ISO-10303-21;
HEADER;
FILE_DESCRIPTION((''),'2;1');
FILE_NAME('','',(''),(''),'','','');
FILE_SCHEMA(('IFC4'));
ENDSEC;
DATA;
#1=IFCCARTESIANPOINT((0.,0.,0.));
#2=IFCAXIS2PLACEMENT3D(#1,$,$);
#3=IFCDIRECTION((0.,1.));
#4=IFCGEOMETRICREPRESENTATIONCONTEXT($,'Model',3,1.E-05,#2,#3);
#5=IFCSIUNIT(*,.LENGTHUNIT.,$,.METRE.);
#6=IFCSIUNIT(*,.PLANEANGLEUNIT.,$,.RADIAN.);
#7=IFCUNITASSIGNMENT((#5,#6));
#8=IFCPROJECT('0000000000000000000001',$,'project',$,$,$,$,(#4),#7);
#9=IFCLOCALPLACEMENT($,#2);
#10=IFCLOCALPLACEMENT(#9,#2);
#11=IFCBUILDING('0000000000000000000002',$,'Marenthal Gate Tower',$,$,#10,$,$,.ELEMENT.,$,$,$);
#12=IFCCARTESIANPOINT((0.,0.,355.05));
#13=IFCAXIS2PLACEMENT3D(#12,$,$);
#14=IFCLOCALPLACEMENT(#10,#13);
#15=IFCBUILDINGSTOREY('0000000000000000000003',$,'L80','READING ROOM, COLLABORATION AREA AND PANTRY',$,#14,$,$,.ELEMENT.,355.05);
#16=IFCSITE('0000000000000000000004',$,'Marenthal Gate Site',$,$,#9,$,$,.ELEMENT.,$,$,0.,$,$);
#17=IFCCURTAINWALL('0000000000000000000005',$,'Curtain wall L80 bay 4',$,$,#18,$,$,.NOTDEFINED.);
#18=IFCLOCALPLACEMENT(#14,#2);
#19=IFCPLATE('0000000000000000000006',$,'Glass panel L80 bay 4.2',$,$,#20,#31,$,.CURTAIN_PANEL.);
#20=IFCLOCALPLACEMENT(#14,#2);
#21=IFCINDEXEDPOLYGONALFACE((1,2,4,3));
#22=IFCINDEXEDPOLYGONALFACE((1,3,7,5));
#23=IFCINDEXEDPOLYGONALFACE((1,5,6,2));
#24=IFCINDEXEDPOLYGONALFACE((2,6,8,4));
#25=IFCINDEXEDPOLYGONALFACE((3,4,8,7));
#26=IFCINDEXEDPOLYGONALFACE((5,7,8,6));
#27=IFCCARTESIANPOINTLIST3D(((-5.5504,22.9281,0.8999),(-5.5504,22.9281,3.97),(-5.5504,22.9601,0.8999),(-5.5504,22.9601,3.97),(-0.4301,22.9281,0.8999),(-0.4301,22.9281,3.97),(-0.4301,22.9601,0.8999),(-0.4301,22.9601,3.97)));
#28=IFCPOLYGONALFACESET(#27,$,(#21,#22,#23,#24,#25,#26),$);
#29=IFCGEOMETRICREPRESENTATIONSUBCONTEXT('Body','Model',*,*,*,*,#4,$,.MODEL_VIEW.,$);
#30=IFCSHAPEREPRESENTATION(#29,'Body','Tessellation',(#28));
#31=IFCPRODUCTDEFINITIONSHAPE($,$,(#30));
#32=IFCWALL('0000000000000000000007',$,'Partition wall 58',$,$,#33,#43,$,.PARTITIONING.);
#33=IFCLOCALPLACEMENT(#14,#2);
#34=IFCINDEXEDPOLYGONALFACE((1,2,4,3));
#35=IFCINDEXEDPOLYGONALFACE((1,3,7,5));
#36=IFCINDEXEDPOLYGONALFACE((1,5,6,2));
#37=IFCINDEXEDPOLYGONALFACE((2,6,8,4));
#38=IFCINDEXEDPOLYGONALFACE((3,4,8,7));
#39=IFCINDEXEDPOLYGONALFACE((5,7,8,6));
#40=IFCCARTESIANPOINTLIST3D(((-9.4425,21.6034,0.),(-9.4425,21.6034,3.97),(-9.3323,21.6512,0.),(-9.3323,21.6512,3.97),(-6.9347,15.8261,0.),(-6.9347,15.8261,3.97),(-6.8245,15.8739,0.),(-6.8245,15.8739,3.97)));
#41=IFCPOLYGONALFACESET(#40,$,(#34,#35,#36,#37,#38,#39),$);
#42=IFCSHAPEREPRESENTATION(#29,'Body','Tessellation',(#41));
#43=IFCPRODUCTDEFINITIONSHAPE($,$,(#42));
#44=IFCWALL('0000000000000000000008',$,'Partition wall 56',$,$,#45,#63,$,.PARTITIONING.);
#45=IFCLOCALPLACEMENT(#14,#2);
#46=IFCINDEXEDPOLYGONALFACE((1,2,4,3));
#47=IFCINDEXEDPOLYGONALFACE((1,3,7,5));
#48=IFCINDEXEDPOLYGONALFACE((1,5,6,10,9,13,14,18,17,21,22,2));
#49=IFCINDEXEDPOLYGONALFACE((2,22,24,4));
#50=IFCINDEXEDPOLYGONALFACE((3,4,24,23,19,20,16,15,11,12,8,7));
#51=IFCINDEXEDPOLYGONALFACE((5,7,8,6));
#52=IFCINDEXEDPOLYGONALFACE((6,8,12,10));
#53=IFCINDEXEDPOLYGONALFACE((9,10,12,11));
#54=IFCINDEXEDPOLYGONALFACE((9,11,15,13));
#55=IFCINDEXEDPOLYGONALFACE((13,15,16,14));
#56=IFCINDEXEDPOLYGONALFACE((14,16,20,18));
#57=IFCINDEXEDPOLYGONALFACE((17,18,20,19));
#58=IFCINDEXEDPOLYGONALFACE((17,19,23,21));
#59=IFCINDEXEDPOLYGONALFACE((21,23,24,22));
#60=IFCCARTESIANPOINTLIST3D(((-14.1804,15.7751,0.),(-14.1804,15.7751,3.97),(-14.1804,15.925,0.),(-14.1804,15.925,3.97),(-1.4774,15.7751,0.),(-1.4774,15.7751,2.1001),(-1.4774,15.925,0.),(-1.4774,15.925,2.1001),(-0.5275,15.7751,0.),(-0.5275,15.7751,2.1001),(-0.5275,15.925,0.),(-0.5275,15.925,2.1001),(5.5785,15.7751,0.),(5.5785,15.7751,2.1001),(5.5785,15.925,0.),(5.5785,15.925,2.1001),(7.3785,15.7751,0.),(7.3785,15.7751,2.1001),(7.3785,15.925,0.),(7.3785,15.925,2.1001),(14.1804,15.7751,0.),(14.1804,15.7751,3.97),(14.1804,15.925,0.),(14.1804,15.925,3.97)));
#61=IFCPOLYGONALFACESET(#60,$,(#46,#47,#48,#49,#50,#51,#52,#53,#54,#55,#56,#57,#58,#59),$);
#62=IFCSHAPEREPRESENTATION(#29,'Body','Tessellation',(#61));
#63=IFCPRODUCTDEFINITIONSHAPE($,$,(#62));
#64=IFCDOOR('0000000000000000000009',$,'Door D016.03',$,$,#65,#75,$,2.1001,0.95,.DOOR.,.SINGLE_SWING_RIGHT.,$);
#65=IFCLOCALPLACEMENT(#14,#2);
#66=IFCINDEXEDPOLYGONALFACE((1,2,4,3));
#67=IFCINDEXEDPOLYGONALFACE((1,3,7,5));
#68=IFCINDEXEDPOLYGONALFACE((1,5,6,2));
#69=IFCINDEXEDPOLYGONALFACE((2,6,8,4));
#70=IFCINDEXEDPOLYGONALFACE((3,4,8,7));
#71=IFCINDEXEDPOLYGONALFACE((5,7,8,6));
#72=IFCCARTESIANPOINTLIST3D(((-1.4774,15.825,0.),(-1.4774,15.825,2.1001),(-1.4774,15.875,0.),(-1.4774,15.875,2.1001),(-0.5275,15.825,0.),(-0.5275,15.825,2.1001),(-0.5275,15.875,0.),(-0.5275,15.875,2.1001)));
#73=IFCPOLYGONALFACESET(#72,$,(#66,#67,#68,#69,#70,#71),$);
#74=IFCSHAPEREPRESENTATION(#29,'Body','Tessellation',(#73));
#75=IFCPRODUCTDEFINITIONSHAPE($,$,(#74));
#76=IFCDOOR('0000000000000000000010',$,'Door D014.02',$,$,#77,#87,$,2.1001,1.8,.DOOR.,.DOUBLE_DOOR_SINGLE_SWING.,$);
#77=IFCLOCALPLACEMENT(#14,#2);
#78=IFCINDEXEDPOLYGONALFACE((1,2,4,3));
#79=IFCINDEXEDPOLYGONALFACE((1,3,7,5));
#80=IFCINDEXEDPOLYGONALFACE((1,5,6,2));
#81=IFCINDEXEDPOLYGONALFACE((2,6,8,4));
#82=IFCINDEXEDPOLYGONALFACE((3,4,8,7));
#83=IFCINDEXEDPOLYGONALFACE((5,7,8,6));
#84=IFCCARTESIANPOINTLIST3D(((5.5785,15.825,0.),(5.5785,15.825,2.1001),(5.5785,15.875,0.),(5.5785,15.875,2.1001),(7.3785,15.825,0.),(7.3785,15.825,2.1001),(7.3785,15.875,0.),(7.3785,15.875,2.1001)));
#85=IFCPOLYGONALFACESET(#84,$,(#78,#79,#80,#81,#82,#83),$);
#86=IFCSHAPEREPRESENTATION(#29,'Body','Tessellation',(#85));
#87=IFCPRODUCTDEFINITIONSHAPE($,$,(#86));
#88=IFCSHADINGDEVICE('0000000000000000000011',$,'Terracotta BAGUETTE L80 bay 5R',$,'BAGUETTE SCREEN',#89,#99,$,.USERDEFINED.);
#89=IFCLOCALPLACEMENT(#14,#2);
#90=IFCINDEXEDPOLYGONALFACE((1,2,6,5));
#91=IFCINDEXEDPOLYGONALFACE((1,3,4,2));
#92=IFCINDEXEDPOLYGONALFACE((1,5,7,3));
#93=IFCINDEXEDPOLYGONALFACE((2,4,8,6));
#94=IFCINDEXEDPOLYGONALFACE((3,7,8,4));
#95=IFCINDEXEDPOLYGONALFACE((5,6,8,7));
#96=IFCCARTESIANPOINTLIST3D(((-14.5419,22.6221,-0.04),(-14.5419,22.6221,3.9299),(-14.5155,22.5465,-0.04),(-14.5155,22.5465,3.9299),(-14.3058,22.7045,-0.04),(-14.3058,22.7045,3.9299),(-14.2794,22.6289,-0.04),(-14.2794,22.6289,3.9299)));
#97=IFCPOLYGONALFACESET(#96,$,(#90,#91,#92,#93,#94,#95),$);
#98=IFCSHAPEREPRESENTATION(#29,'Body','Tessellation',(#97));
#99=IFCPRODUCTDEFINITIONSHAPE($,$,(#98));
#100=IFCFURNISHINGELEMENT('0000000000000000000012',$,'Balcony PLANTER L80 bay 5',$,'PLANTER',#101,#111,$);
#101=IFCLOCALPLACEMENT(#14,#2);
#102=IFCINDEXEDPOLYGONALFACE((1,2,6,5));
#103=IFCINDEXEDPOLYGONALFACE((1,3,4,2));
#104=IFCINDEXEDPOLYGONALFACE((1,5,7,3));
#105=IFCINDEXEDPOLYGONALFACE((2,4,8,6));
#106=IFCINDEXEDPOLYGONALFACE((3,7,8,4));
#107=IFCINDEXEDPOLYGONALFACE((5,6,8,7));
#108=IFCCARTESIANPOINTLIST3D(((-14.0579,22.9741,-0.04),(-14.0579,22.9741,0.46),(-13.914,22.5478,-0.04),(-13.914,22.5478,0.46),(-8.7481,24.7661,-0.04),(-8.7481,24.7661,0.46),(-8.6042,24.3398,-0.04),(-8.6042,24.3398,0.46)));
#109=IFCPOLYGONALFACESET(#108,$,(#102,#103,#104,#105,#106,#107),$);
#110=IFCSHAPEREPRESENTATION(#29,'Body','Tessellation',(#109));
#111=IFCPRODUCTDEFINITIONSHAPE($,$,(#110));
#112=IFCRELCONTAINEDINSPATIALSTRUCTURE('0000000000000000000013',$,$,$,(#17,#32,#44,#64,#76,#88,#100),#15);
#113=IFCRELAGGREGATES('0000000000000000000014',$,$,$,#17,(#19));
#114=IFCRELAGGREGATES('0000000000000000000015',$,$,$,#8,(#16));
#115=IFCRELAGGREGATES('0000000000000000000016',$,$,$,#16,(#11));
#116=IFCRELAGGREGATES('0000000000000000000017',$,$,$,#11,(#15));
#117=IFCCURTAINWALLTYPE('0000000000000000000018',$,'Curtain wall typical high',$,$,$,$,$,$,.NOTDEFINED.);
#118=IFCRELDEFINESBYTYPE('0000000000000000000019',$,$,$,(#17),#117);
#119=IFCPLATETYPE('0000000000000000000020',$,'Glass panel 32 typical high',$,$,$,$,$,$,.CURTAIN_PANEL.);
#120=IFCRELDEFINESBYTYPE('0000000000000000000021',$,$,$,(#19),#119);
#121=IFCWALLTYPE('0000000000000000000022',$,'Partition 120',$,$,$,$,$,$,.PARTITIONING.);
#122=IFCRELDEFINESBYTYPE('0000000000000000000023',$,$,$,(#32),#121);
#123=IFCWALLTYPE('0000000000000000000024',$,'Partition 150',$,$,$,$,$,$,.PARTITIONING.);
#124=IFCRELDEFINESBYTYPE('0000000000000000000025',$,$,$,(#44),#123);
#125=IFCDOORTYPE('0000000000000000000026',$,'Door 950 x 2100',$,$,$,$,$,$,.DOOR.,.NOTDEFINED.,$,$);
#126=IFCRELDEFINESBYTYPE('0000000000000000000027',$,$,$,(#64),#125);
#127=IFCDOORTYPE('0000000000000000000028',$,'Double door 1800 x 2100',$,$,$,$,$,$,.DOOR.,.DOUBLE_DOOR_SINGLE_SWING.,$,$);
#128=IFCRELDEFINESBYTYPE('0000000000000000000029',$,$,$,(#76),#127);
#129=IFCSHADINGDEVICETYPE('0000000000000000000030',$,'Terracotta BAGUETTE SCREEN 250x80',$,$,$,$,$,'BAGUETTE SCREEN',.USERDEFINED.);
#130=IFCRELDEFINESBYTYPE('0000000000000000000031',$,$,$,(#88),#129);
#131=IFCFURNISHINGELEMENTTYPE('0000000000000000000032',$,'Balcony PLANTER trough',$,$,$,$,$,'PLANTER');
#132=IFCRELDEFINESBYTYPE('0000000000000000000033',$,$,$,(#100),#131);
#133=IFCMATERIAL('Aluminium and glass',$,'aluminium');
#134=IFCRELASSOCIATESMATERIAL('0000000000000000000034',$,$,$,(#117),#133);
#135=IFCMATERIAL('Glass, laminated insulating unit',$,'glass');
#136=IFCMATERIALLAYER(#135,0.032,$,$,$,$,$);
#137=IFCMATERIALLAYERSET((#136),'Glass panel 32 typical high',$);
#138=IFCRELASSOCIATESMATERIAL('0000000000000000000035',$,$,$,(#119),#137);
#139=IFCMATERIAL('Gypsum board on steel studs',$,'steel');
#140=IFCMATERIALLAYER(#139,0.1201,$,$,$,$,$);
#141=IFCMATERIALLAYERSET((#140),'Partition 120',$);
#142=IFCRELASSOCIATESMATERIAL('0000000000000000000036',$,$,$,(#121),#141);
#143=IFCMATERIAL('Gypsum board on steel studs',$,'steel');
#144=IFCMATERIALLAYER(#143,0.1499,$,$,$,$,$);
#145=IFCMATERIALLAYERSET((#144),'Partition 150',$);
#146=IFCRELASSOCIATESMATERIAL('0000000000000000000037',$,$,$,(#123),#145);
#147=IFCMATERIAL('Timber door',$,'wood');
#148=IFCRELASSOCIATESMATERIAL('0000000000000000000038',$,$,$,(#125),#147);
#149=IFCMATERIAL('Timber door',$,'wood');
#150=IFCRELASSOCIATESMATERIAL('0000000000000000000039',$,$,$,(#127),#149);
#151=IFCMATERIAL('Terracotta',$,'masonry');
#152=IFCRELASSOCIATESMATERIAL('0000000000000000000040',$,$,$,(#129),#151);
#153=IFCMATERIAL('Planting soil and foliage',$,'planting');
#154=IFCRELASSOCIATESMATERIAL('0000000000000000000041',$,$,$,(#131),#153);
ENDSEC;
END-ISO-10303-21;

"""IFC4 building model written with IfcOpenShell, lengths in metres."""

from ifc_helpers import new_model, si_unit, direction, frame, frame_2d, origin, origin_2d, place, context, subcontext, project, spatial, rectangle, extrude, material, layer, layer_set, material_profile, profile_set, type_object, element, fill, aggregate, save


model = new_model("IFC4")

# Units and contexts
model_context = context("Model", 3, precision=1e-05, world=origin(), true_north=direction((0.0, 1.0)))
body_context = subcontext(model_context, "Body", "Model", "MODEL_VIEW")
ifc_project = project(units=[si_unit("LENGTHUNIT", "METRE"), si_unit("PLANEANGLEUNIT", "RADIAN")], contexts=[model_context])

# Site, building, storey
site_placement = place(None, origin())
site = spatial("IfcSite", under=ifc_project, at=site_placement, Name="Marenthal Gate Site", CompositionType="ELEMENT", RefElevation=0.0)
building_placement = place(site_placement, origin())
building = spatial("IfcBuilding", under=site, at=building_placement, Name="Marenthal Gate Tower", CompositionType="ELEMENT")
storey_placement = place(building_placement, frame((0.0, 0.0, 355.05)))
storey = spatial("IfcBuildingStorey", under=building, at=storey_placement, Name="L80", Description="READING ROOM, COLLABORATION AREA AND PANTRY", CompositionType="ELEMENT", Elevation=355.05)

# Curtain wall
ifc_material_1 = material(Name="Aluminium and glass", Category="aluminium")
curtain_wall_type = type_object("IfcCurtainWallType", Name="Curtain wall typical high", PredefinedType="NOTDEFINED", material=ifc_material_1)
curtain_wall_placement = place(storey_placement, origin())
curtain_wall = element("IfcCurtainWall", 1, at=curtain_wall_placement, inside=storey, type_object=curtain_wall_type, Name="Curtain wall L80 bay 4", PredefinedType="NOTDEFINED")

# Plate
ifc_material_2 = material(Name="Glass, laminated insulating unit", Category="glass")
ifc_layer_1 = layer(ifc_material_2, 0.032)
ifc_layer_set_1 = layer_set([ifc_layer_1], Name="Glass panel 32 typical high")
plate_type = type_object("IfcPlateType", Name="Glass panel 32 typical high", PredefinedType="CURTAIN_PANEL", material=ifc_layer_set_1)
plate_placement = place(storey_placement, frame((-2.9902, 22.9441, 0.8999), z_axis=(0.0, 0.0, 1.0), x_axis=(-1.0, 0.0, 0.0)))
plate = element("IfcPlate", 2, at=plate_placement, type_object=plate_type, Name="Glass panel L80 bay 4.2", PredefinedType="CURTAIN_PANEL", context=body_context, shape_type="SweptSolid", body=[
    extrude(rectangle(XDim=5.1204, YDim=0.032, at=origin_2d()), origin(), (0.0, 0.0, 1.0), 3.0701),
])
aggregate(curtain_wall, [plate])

# Wall
ifc_material_3 = material(Name="Gypsum board on steel studs", Category="steel")
ifc_layer_2 = layer(ifc_material_3, 0.1201)
ifc_layer_set_2 = layer_set([ifc_layer_2], Name="Partition 120")
wall_type_1 = type_object("IfcWallType", Name="Partition 120", PredefinedType="PARTITIONING", material=ifc_layer_set_2)
wall_1_placement = place(storey_placement, frame((-6.8796, 15.8501, 0.0), z_axis=(0.0, 0.0, 1.0), x_axis=(-0.398182, 0.917307, 0.0)))
element("IfcWall", 3, at=wall_1_placement, inside=storey, type_object=wall_type_1, Name="Partition wall 58", PredefinedType="PARTITIONING", context=body_context, shape_type="SweptSolid", body=[
    extrude(rectangle(XDim=6.2981, YDim=0.1201, at=frame_2d((3.1489, 0.0))), origin(), (0.0, 0.0, 1.0), 3.97),
])

# Wall, openings, doors
ifc_material_4 = material(Name="Gypsum board on steel studs", Category="steel")
ifc_layer_3 = layer(ifc_material_4, 0.1499)
ifc_layer_set_3 = layer_set([ifc_layer_3], Name="Partition 150")
wall_type_2 = type_object("IfcWallType", Name="Partition 150", PredefinedType="PARTITIONING", material=ifc_layer_set_3)
wall_2_placement = place(storey_placement, frame((-14.1804, 15.8501, 0.0), z_axis=(0.0, 0.0, 1.0), x_axis=(1.0, 0.0, 0.0)))
wall_2 = element("IfcWall", 4, at=wall_2_placement, inside=storey, type_object=wall_type_2, Name="Partition wall 56", PredefinedType="PARTITIONING", context=body_context, shape_type="SweptSolid", body=[
    extrude(rectangle(XDim=28.3608, YDim=0.1499, at=frame_2d((14.1804, 0.0))), origin(), (0.0, 0.0, 1.0), 3.97),
])
opening_1_placement = place(wall_2_placement, frame((19.759, 0.0, 0.0)))
opening_1 = element("IfcOpeningElement", 5, at=opening_1_placement, cuts=wall_2, PredefinedType="OPENING", context=body_context, shape_type="SweptSolid", body=[
    extrude(rectangle(XDim=1.8, YDim=2.1001, at=frame_2d((0.8999, 1.05))), frame((0.0, 0.085, 0.0), z_axis=(0.0, -1.0, 0.0), x_axis=(1.0, 0.0, 0.0)), (0.0, 0.0, 1.0), 0.1699),
])
opening_2_placement = place(wall_2_placement, frame((12.7029, 0.0, 0.0)))
opening_2 = element("IfcOpeningElement", 6, at=opening_2_placement, cuts=wall_2, PredefinedType="OPENING", context=body_context, shape_type="SweptSolid", body=[
    extrude(rectangle(XDim=0.95, YDim=2.1001, at=frame_2d((0.4751, 1.05))), frame((0.0, 0.085, 0.0), z_axis=(0.0, -1.0, 0.0), x_axis=(1.0, 0.0, 0.0)), (0.0, 0.0, 1.0), 0.1699),
])
ifc_material_5 = material(Name="Timber door", Category="wood")
door_type_1 = type_object("IfcDoorType", Name="Door 950 x 2100", OperationType="NOTDEFINED", PredefinedType="DOOR", material=ifc_material_5)
door_1_placement = place(opening_2_placement, origin())
door_1 = element("IfcDoor", 7, at=door_1_placement, inside=storey, type_object=door_type_1, Name="Door D016.03", OperationType="SINGLE_SWING_RIGHT", OverallHeight=2.1001, OverallWidth=0.95, PredefinedType="DOOR", context=body_context, shape_type="SweptSolid", body=[
    extrude(rectangle(XDim=0.95, YDim=2.1001, at=frame_2d((0.4751, 1.05))), frame((0.0, 0.0249, 0.0), z_axis=(0.0, -1.0, 0.0), x_axis=(1.0, 0.0, 0.0)), (0.0, 0.0, 1.0), 0.05),
])
fill(opening_2, door_1)
ifc_material_6 = material(Name="Timber door", Category="wood")
door_type_2 = type_object("IfcDoorType", Name="Double door 1800 x 2100", OperationType="DOUBLE_DOOR_SINGLE_SWING", PredefinedType="DOOR", material=ifc_material_6)
door_2_placement = place(opening_1_placement, origin())
door_2 = element("IfcDoor", 8, at=door_2_placement, inside=storey, type_object=door_type_2, Name="Door D014.02", OperationType="DOUBLE_DOOR_SINGLE_SWING", OverallHeight=2.1001, OverallWidth=1.8, PredefinedType="DOOR", context=body_context, shape_type="SweptSolid", body=[
    extrude(rectangle(XDim=1.8, YDim=2.1001, at=frame_2d((0.8999, 1.05))), frame((0.0, 0.0249, 0.0), z_axis=(0.0, -1.0, 0.0), x_axis=(1.0, 0.0, 0.0)), (0.0, 0.0, 1.0), 0.05),
])
fill(opening_1, door_2)

# Shading device
ifc_material_7 = material(Name="Terracotta", Category="masonry")
ifc_material_profile_1 = material_profile(ifc_material_7, rectangle(XDim=0.25, YDim=0.0801, at=origin_2d()), Name="Terracotta baguette 250x80")
ifc_profile_set_1 = profile_set([ifc_material_profile_1], Name="Terracotta")
shading_device_type = type_object("IfcShadingDeviceType", Name="Terracotta BAGUETTE SCREEN 250x80", ElementType="BAGUETTE SCREEN", PredefinedType="USERDEFINED", material=ifc_profile_set_1)
shading_device_placement = place(storey_placement, frame((-14.4106, 22.6255, -0.04), z_axis=(0.0, 0.0, 1.0), x_axis=(-0.944152, -0.32951, 0.0)))
element("IfcShadingDevice", 9, at=shading_device_placement, inside=storey, type_object=shading_device_type, Name="Terracotta BAGUETTE L80 bay 5R", ObjectType="BAGUETTE SCREEN", PredefinedType="USERDEFINED", context=body_context, shape_type="SweptSolid", body=[
    extrude(rectangle(XDim=0.25, YDim=0.0801, at=origin_2d()), origin(), (0.0, 0.0, 1.0), 3.97),
])

# Furnishing element
ifc_material_8 = material(Name="Planting soil and foliage", Category="planting")
furnishing_element_type = type_object("IfcFurnishingElementType", Name="Balcony PLANTER trough", ElementType="PLANTER", material=ifc_material_8)
furnishing_placement = place(storey_placement, frame((-11.3311, 23.657, -0.04), z_axis=(0.0, 0.0, 1.0), x_axis=(-0.947495, -0.31977, 0.0)))
element("IfcFurnishingElement", 10, at=furnishing_placement, inside=storey, type_object=furnishing_element_type, Name="Balcony PLANTER L80 bay 5", ObjectType="PLANTER", context=body_context, shape_type="SweptSolid", body=[
    extrude(rectangle(XDim=5.604, YDim=0.45, at=origin_2d()), origin(), (0.0, 0.0, 1.0), 0.5),
])

save(model, "model.ifc")
